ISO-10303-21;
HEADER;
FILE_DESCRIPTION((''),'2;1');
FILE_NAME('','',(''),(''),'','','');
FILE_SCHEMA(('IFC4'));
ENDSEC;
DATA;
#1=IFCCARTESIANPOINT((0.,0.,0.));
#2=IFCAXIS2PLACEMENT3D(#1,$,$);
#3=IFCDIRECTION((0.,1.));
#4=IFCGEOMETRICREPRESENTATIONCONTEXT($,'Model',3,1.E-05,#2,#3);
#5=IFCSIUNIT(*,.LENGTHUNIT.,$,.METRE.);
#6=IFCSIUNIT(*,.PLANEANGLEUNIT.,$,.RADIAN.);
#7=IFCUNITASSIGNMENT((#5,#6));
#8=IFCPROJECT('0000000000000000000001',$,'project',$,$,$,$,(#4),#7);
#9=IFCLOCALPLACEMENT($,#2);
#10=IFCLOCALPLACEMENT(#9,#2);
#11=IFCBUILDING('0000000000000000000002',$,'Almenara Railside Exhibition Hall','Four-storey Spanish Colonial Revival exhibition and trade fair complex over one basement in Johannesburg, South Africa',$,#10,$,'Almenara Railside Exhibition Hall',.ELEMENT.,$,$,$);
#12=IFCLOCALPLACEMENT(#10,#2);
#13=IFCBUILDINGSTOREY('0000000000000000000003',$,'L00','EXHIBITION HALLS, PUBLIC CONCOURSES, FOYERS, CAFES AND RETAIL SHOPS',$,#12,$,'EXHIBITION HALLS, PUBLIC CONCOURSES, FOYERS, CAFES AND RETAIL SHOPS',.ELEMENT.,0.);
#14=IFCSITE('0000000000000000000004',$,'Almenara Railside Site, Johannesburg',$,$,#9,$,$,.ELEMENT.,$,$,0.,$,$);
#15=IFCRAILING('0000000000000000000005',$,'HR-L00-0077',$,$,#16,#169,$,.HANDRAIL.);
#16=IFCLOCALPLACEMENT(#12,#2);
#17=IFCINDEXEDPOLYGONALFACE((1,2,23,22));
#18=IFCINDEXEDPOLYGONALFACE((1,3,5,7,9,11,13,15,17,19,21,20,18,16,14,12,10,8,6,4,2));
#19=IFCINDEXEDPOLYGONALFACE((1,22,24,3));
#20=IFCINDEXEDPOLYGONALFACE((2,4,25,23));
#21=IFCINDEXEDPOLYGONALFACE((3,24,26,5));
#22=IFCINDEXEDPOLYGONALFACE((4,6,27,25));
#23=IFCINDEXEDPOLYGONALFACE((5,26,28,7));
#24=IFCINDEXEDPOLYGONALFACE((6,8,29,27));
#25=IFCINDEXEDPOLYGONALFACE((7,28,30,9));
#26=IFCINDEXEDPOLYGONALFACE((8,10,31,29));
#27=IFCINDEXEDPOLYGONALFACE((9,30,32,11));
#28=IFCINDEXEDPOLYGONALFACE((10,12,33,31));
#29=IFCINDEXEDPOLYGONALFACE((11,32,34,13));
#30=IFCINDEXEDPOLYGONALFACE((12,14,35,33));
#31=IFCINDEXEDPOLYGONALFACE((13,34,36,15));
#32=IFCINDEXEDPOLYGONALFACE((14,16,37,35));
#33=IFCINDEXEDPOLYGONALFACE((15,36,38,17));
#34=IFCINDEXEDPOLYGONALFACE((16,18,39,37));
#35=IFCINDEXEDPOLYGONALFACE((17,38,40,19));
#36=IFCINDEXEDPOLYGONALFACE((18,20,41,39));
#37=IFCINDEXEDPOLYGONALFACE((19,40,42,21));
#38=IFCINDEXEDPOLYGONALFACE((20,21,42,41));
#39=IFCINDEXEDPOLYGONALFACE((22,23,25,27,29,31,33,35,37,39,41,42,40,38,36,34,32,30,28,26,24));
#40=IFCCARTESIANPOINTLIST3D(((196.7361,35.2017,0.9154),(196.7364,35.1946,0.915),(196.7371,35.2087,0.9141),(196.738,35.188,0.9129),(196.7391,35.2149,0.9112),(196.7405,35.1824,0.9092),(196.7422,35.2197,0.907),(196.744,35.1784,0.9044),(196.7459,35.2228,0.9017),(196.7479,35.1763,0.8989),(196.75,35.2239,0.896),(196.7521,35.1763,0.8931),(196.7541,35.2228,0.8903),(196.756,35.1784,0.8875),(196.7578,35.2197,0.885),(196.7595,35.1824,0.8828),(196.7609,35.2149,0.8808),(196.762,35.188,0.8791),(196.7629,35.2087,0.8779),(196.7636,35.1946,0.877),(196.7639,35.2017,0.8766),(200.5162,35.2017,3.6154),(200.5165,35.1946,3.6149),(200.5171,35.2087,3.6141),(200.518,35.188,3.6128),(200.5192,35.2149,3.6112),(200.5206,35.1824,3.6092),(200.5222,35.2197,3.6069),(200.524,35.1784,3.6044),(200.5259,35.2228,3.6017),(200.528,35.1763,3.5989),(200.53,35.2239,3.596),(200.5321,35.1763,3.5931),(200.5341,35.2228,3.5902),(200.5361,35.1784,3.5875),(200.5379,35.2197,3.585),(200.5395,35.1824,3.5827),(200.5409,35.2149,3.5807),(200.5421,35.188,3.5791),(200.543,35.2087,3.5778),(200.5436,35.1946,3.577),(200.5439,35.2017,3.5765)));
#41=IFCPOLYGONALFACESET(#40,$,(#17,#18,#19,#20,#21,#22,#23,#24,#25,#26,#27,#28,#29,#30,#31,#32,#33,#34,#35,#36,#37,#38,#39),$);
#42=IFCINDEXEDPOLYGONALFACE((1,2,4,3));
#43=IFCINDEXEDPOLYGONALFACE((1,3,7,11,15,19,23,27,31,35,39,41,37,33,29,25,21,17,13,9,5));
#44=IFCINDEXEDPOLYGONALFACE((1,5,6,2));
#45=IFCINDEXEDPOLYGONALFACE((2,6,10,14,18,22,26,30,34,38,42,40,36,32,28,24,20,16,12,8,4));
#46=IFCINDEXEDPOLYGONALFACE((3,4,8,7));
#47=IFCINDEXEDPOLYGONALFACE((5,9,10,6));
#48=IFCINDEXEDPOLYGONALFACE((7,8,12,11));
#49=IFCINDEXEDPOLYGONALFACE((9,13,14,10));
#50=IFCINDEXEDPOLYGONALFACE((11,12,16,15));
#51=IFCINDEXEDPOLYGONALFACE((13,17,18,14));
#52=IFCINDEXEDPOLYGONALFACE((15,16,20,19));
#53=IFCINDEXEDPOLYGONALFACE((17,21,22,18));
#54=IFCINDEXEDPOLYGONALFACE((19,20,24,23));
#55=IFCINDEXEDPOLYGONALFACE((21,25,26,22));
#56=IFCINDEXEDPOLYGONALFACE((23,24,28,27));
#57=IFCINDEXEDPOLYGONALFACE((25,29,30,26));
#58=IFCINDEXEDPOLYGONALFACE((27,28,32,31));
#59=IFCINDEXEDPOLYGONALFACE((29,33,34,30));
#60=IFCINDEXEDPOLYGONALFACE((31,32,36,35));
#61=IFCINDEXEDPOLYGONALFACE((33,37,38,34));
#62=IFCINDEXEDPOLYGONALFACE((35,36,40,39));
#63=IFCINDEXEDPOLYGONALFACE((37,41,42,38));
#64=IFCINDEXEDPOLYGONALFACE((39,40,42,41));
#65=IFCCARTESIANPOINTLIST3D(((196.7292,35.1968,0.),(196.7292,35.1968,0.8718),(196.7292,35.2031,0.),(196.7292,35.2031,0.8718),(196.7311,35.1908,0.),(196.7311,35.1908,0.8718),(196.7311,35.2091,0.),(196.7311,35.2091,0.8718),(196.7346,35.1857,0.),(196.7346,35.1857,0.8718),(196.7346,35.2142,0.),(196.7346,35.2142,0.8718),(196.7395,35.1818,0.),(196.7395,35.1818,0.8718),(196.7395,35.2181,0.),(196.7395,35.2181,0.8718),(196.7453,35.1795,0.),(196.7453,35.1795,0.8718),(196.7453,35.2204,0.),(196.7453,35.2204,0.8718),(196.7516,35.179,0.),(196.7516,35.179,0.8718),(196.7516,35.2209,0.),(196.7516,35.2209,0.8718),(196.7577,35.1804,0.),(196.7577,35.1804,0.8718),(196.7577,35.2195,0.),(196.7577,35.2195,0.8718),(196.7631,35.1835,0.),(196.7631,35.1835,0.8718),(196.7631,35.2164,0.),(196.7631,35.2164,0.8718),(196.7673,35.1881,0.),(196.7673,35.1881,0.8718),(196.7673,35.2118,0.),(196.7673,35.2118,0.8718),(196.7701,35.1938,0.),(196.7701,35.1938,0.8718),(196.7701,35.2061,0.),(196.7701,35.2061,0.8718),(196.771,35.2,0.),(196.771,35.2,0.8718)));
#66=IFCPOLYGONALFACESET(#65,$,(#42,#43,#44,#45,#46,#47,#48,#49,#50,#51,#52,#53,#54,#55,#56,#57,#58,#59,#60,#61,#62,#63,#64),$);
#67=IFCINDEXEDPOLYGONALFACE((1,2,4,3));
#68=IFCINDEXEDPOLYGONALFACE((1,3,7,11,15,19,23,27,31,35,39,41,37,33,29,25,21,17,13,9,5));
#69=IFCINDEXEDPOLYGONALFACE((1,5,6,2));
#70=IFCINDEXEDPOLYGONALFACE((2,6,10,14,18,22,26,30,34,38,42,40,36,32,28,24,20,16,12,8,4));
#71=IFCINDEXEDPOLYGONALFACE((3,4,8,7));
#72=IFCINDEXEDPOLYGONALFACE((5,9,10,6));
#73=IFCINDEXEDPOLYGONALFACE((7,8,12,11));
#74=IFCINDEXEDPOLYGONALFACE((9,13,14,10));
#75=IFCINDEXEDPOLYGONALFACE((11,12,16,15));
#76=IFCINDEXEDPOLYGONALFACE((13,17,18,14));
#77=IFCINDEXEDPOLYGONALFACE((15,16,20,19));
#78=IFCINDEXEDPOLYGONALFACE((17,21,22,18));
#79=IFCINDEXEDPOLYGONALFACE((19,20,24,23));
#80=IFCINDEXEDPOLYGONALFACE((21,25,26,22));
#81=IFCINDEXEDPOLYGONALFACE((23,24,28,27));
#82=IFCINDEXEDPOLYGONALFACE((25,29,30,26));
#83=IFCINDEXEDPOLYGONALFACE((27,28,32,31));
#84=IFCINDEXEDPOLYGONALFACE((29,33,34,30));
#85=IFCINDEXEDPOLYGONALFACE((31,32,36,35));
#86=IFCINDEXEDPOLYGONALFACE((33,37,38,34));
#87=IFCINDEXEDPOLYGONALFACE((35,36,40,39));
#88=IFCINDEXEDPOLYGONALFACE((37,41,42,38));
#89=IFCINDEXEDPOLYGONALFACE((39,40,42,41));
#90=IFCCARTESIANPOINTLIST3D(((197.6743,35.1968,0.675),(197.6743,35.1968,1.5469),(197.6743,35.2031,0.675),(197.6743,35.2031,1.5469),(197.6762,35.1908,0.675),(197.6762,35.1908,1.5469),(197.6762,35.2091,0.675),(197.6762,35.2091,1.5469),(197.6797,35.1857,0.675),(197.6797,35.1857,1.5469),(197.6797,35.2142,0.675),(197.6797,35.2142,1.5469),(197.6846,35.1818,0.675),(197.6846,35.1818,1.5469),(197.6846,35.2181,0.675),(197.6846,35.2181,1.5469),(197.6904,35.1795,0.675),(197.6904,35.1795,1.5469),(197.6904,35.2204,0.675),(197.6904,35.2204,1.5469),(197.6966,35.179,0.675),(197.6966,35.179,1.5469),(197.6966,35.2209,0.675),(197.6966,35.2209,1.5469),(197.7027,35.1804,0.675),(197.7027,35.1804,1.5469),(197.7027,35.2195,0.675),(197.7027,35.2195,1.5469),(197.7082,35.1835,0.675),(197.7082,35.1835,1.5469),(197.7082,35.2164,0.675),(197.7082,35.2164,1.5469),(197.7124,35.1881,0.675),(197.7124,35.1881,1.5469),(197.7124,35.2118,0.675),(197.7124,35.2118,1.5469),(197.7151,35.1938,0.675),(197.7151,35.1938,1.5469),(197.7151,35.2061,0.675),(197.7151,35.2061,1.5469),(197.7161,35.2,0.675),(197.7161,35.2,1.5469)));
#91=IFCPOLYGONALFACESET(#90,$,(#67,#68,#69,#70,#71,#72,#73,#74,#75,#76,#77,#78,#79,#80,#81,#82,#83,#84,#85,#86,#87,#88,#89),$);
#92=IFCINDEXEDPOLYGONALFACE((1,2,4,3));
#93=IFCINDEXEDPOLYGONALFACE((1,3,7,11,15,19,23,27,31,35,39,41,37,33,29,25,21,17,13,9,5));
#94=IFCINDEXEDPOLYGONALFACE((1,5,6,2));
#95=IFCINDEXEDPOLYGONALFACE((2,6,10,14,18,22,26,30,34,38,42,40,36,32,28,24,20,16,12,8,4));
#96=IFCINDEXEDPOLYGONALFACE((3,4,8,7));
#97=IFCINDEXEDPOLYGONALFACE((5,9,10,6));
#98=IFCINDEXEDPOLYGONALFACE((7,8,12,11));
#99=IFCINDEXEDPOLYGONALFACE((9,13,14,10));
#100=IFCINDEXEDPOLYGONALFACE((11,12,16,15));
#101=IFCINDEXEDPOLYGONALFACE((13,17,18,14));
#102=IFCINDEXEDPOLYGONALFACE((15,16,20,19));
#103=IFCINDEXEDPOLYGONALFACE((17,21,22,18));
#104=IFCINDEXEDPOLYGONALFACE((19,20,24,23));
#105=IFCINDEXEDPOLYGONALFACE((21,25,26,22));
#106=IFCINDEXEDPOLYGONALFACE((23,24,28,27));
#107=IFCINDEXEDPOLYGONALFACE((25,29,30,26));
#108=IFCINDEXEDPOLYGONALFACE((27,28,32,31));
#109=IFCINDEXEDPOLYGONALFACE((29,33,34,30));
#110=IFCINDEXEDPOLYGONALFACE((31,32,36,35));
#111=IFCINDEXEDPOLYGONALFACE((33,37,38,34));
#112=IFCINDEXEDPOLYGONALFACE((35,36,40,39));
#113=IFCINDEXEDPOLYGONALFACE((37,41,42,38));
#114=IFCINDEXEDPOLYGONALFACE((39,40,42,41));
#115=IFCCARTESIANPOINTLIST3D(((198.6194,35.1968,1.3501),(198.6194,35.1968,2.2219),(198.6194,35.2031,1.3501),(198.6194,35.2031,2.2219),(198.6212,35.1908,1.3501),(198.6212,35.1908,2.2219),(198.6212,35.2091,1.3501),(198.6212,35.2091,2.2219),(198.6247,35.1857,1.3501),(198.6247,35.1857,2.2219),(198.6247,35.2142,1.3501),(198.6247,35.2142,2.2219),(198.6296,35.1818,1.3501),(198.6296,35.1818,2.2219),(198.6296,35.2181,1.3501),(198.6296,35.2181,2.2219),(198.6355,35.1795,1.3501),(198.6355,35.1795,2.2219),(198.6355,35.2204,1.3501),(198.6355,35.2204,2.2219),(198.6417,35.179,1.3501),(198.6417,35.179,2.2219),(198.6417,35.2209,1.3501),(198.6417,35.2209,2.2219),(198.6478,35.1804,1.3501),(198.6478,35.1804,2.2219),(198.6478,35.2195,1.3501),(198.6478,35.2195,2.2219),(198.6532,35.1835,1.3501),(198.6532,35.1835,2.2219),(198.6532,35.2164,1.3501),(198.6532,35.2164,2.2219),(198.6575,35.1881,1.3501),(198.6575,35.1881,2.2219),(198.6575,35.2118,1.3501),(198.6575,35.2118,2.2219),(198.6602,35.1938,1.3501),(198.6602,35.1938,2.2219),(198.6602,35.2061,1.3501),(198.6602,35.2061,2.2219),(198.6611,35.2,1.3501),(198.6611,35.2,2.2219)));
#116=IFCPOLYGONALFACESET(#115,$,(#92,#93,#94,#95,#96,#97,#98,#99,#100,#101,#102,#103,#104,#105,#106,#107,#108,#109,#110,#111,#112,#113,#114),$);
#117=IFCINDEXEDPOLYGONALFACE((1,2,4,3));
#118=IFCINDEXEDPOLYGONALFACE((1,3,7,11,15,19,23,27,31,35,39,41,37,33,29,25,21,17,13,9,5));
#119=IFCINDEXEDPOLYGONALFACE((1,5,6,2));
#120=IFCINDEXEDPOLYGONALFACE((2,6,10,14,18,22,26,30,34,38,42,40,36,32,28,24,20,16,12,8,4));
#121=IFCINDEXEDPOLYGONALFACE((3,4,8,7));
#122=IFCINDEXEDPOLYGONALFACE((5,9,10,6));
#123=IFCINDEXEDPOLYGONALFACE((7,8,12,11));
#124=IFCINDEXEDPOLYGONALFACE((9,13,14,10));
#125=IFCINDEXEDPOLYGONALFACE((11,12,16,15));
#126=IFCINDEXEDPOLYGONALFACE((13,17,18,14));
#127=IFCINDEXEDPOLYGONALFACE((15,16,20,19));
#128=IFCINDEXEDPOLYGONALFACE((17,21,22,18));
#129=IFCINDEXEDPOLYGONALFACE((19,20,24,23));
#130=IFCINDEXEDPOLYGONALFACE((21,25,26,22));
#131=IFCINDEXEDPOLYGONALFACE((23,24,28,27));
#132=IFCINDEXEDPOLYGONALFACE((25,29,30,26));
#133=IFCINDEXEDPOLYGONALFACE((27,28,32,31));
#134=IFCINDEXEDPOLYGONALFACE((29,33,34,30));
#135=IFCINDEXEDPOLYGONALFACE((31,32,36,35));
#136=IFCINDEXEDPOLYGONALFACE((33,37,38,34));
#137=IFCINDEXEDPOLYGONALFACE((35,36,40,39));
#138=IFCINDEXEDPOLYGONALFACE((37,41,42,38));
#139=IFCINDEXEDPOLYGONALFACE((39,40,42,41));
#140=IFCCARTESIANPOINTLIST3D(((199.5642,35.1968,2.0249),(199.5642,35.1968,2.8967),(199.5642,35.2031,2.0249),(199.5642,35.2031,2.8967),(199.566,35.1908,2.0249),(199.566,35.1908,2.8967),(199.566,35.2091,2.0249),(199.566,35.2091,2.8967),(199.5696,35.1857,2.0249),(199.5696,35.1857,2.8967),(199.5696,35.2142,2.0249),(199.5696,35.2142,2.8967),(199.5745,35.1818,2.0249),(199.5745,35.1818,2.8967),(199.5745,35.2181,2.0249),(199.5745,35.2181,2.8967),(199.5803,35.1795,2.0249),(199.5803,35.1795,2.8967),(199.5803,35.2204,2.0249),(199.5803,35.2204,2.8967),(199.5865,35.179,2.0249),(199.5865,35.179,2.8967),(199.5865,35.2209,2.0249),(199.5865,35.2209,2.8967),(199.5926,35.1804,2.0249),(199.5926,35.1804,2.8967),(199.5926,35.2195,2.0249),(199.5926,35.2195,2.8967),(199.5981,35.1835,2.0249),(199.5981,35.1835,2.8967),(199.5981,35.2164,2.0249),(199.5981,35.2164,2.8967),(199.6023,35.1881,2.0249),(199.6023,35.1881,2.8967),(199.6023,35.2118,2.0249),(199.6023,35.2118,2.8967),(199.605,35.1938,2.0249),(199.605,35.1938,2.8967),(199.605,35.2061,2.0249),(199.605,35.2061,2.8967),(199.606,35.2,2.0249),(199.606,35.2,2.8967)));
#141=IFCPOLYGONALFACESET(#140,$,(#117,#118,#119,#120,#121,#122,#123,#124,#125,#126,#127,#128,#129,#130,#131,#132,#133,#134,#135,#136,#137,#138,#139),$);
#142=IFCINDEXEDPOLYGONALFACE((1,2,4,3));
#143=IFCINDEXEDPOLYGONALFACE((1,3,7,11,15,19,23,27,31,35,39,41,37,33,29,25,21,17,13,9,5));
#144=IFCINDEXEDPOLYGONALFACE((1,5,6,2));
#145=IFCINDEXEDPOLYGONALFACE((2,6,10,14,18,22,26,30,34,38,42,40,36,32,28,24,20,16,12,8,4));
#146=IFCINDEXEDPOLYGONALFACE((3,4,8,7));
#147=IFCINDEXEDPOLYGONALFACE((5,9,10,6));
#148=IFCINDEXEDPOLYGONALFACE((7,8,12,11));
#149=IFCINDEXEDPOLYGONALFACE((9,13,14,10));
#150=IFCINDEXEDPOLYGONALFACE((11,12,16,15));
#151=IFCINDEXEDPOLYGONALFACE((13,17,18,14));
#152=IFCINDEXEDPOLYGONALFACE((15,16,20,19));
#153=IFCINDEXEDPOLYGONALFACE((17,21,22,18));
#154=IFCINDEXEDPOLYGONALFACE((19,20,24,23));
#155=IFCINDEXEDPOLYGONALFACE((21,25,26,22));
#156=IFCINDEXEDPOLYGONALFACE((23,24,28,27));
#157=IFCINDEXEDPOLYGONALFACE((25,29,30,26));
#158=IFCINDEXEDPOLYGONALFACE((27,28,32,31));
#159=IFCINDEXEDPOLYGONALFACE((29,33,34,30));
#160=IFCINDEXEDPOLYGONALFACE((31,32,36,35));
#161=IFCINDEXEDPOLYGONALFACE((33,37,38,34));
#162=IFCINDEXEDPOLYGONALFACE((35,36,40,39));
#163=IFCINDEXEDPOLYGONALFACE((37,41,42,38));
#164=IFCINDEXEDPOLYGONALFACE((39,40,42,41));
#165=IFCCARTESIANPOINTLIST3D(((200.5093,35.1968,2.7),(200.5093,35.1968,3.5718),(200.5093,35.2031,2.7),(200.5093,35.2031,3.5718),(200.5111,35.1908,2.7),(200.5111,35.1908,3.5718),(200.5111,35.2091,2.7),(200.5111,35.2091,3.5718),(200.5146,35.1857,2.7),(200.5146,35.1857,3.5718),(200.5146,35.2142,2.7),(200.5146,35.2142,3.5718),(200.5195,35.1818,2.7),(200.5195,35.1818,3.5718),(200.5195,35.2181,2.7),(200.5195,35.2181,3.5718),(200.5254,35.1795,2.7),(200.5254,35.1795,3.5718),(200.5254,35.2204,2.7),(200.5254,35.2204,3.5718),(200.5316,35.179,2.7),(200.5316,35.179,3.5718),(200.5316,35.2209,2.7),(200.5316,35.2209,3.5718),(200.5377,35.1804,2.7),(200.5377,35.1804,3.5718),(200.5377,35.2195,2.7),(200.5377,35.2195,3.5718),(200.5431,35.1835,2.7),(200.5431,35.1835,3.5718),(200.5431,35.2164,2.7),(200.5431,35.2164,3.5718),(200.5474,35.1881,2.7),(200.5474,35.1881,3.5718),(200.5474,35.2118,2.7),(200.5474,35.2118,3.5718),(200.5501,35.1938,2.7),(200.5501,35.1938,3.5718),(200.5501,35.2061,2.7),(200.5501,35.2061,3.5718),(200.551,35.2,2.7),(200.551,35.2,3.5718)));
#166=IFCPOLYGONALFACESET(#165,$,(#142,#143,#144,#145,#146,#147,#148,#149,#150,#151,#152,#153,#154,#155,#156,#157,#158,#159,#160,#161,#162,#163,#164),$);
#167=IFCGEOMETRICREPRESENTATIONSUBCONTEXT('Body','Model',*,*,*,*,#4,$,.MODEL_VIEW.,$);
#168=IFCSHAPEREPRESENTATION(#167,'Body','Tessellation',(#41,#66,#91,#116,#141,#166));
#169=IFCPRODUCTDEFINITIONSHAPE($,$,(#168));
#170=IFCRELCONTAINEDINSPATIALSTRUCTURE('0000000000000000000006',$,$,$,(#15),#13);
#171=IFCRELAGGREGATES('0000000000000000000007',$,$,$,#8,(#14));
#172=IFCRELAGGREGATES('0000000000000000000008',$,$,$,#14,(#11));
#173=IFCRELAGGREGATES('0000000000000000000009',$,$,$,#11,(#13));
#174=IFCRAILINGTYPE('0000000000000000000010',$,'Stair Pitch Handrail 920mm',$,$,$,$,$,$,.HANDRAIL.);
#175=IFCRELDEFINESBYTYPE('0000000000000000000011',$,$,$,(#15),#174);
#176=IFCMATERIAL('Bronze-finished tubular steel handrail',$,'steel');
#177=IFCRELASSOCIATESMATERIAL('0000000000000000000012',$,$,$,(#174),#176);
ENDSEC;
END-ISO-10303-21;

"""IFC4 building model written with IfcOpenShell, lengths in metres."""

from ifc_helpers import new_model, si_unit, direction, frame, origin, origin_2d, place, context, subcontext, project, spatial, circle, extrude, material, type_object, element, save


model = new_model("IFC4")

# Units and contexts
model_context = context("Model", 3, precision=1e-05, world=origin(), true_north=direction((0.0, 1.0)))
body_context = subcontext(model_context, "Body", "Model", "MODEL_VIEW")
ifc_project = project(units=[si_unit("LENGTHUNIT", "METRE"), si_unit("PLANEANGLEUNIT", "RADIAN")], contexts=[model_context])

# Site, building, storey
site_placement = place(None, origin())
site = spatial("IfcSite", under=ifc_project, at=site_placement, Name="Almenara Railside Site, Johannesburg", CompositionType="ELEMENT", RefElevation=0.0)
building_placement = place(site_placement, origin())
building = spatial("IfcBuilding", under=site, at=building_placement, Name="Almenara Railside Exhibition Hall", Description="Four-storey Spanish Colonial Revival exhibition and trade fair complex over one basement in Johannesburg, South Africa", LongName="Almenara Railside Exhibition Hall", CompositionType="ELEMENT")
storey_placement = place(building_placement, origin())
storey = spatial("IfcBuildingStorey", under=building, at=storey_placement, Name="L00", Description="EXHIBITION HALLS, PUBLIC CONCOURSES, FOYERS, CAFES AND RETAIL SHOPS", LongName="EXHIBITION HALLS, PUBLIC CONCOURSES, FOYERS, CAFES AND RETAIL SHOPS", CompositionType="ELEMENT", Elevation=0.0)

# Railing
ifc_material_1 = material(Name="Bronze-finished tubular steel handrail", Category="steel")
railing_type_1 = type_object("IfcRailingType", Name="Stair Pitch Handrail 920mm", PredefinedType="HANDRAIL", material=ifc_material_1)
railing_1_placement = place(storey_placement, frame((196.75, 35.2, 0.0)))
element("IfcRailing", 1, at=railing_1_placement, inside=storey, type_object=railing_type_1, Name="HR-L00-0077", PredefinedType="HANDRAIL", context=body_context, shape_type="SweptSolid", body=[
    extrude(circle(Radius=0.0239, at=origin_2d()), frame((0.0, 0.0, 0.896), z_axis=(0.813741, 0.0, 0.581228), x_axis=(0.0, 1.0, 0.0)), (0.0, 0.0, 1.0), 4.6453),
    extrude(circle(Radius=0.021, at=origin_2d()), origin(), (0.0, 0.0, 1.0), 0.8718),
    extrude(circle(Radius=0.021, at=origin_2d()), frame((0.9451, 0.0, 0.675)), (0.0, 0.0, 1.0), 0.8718),
    extrude(circle(Radius=0.021, at=origin_2d()), frame((1.8901, 0.0, 1.3501)), (0.0, 0.0, 1.0), 0.8718),
    extrude(circle(Radius=0.021, at=origin_2d()), frame((2.835, 0.0, 2.0249)), (0.0, 0.0, 1.0), 0.8718),
    extrude(circle(Radius=0.021, at=origin_2d()), frame((3.78, 0.0, 2.7)), (0.0, 0.0, 1.0), 0.8718),
])

save(model, "model.ifc")
